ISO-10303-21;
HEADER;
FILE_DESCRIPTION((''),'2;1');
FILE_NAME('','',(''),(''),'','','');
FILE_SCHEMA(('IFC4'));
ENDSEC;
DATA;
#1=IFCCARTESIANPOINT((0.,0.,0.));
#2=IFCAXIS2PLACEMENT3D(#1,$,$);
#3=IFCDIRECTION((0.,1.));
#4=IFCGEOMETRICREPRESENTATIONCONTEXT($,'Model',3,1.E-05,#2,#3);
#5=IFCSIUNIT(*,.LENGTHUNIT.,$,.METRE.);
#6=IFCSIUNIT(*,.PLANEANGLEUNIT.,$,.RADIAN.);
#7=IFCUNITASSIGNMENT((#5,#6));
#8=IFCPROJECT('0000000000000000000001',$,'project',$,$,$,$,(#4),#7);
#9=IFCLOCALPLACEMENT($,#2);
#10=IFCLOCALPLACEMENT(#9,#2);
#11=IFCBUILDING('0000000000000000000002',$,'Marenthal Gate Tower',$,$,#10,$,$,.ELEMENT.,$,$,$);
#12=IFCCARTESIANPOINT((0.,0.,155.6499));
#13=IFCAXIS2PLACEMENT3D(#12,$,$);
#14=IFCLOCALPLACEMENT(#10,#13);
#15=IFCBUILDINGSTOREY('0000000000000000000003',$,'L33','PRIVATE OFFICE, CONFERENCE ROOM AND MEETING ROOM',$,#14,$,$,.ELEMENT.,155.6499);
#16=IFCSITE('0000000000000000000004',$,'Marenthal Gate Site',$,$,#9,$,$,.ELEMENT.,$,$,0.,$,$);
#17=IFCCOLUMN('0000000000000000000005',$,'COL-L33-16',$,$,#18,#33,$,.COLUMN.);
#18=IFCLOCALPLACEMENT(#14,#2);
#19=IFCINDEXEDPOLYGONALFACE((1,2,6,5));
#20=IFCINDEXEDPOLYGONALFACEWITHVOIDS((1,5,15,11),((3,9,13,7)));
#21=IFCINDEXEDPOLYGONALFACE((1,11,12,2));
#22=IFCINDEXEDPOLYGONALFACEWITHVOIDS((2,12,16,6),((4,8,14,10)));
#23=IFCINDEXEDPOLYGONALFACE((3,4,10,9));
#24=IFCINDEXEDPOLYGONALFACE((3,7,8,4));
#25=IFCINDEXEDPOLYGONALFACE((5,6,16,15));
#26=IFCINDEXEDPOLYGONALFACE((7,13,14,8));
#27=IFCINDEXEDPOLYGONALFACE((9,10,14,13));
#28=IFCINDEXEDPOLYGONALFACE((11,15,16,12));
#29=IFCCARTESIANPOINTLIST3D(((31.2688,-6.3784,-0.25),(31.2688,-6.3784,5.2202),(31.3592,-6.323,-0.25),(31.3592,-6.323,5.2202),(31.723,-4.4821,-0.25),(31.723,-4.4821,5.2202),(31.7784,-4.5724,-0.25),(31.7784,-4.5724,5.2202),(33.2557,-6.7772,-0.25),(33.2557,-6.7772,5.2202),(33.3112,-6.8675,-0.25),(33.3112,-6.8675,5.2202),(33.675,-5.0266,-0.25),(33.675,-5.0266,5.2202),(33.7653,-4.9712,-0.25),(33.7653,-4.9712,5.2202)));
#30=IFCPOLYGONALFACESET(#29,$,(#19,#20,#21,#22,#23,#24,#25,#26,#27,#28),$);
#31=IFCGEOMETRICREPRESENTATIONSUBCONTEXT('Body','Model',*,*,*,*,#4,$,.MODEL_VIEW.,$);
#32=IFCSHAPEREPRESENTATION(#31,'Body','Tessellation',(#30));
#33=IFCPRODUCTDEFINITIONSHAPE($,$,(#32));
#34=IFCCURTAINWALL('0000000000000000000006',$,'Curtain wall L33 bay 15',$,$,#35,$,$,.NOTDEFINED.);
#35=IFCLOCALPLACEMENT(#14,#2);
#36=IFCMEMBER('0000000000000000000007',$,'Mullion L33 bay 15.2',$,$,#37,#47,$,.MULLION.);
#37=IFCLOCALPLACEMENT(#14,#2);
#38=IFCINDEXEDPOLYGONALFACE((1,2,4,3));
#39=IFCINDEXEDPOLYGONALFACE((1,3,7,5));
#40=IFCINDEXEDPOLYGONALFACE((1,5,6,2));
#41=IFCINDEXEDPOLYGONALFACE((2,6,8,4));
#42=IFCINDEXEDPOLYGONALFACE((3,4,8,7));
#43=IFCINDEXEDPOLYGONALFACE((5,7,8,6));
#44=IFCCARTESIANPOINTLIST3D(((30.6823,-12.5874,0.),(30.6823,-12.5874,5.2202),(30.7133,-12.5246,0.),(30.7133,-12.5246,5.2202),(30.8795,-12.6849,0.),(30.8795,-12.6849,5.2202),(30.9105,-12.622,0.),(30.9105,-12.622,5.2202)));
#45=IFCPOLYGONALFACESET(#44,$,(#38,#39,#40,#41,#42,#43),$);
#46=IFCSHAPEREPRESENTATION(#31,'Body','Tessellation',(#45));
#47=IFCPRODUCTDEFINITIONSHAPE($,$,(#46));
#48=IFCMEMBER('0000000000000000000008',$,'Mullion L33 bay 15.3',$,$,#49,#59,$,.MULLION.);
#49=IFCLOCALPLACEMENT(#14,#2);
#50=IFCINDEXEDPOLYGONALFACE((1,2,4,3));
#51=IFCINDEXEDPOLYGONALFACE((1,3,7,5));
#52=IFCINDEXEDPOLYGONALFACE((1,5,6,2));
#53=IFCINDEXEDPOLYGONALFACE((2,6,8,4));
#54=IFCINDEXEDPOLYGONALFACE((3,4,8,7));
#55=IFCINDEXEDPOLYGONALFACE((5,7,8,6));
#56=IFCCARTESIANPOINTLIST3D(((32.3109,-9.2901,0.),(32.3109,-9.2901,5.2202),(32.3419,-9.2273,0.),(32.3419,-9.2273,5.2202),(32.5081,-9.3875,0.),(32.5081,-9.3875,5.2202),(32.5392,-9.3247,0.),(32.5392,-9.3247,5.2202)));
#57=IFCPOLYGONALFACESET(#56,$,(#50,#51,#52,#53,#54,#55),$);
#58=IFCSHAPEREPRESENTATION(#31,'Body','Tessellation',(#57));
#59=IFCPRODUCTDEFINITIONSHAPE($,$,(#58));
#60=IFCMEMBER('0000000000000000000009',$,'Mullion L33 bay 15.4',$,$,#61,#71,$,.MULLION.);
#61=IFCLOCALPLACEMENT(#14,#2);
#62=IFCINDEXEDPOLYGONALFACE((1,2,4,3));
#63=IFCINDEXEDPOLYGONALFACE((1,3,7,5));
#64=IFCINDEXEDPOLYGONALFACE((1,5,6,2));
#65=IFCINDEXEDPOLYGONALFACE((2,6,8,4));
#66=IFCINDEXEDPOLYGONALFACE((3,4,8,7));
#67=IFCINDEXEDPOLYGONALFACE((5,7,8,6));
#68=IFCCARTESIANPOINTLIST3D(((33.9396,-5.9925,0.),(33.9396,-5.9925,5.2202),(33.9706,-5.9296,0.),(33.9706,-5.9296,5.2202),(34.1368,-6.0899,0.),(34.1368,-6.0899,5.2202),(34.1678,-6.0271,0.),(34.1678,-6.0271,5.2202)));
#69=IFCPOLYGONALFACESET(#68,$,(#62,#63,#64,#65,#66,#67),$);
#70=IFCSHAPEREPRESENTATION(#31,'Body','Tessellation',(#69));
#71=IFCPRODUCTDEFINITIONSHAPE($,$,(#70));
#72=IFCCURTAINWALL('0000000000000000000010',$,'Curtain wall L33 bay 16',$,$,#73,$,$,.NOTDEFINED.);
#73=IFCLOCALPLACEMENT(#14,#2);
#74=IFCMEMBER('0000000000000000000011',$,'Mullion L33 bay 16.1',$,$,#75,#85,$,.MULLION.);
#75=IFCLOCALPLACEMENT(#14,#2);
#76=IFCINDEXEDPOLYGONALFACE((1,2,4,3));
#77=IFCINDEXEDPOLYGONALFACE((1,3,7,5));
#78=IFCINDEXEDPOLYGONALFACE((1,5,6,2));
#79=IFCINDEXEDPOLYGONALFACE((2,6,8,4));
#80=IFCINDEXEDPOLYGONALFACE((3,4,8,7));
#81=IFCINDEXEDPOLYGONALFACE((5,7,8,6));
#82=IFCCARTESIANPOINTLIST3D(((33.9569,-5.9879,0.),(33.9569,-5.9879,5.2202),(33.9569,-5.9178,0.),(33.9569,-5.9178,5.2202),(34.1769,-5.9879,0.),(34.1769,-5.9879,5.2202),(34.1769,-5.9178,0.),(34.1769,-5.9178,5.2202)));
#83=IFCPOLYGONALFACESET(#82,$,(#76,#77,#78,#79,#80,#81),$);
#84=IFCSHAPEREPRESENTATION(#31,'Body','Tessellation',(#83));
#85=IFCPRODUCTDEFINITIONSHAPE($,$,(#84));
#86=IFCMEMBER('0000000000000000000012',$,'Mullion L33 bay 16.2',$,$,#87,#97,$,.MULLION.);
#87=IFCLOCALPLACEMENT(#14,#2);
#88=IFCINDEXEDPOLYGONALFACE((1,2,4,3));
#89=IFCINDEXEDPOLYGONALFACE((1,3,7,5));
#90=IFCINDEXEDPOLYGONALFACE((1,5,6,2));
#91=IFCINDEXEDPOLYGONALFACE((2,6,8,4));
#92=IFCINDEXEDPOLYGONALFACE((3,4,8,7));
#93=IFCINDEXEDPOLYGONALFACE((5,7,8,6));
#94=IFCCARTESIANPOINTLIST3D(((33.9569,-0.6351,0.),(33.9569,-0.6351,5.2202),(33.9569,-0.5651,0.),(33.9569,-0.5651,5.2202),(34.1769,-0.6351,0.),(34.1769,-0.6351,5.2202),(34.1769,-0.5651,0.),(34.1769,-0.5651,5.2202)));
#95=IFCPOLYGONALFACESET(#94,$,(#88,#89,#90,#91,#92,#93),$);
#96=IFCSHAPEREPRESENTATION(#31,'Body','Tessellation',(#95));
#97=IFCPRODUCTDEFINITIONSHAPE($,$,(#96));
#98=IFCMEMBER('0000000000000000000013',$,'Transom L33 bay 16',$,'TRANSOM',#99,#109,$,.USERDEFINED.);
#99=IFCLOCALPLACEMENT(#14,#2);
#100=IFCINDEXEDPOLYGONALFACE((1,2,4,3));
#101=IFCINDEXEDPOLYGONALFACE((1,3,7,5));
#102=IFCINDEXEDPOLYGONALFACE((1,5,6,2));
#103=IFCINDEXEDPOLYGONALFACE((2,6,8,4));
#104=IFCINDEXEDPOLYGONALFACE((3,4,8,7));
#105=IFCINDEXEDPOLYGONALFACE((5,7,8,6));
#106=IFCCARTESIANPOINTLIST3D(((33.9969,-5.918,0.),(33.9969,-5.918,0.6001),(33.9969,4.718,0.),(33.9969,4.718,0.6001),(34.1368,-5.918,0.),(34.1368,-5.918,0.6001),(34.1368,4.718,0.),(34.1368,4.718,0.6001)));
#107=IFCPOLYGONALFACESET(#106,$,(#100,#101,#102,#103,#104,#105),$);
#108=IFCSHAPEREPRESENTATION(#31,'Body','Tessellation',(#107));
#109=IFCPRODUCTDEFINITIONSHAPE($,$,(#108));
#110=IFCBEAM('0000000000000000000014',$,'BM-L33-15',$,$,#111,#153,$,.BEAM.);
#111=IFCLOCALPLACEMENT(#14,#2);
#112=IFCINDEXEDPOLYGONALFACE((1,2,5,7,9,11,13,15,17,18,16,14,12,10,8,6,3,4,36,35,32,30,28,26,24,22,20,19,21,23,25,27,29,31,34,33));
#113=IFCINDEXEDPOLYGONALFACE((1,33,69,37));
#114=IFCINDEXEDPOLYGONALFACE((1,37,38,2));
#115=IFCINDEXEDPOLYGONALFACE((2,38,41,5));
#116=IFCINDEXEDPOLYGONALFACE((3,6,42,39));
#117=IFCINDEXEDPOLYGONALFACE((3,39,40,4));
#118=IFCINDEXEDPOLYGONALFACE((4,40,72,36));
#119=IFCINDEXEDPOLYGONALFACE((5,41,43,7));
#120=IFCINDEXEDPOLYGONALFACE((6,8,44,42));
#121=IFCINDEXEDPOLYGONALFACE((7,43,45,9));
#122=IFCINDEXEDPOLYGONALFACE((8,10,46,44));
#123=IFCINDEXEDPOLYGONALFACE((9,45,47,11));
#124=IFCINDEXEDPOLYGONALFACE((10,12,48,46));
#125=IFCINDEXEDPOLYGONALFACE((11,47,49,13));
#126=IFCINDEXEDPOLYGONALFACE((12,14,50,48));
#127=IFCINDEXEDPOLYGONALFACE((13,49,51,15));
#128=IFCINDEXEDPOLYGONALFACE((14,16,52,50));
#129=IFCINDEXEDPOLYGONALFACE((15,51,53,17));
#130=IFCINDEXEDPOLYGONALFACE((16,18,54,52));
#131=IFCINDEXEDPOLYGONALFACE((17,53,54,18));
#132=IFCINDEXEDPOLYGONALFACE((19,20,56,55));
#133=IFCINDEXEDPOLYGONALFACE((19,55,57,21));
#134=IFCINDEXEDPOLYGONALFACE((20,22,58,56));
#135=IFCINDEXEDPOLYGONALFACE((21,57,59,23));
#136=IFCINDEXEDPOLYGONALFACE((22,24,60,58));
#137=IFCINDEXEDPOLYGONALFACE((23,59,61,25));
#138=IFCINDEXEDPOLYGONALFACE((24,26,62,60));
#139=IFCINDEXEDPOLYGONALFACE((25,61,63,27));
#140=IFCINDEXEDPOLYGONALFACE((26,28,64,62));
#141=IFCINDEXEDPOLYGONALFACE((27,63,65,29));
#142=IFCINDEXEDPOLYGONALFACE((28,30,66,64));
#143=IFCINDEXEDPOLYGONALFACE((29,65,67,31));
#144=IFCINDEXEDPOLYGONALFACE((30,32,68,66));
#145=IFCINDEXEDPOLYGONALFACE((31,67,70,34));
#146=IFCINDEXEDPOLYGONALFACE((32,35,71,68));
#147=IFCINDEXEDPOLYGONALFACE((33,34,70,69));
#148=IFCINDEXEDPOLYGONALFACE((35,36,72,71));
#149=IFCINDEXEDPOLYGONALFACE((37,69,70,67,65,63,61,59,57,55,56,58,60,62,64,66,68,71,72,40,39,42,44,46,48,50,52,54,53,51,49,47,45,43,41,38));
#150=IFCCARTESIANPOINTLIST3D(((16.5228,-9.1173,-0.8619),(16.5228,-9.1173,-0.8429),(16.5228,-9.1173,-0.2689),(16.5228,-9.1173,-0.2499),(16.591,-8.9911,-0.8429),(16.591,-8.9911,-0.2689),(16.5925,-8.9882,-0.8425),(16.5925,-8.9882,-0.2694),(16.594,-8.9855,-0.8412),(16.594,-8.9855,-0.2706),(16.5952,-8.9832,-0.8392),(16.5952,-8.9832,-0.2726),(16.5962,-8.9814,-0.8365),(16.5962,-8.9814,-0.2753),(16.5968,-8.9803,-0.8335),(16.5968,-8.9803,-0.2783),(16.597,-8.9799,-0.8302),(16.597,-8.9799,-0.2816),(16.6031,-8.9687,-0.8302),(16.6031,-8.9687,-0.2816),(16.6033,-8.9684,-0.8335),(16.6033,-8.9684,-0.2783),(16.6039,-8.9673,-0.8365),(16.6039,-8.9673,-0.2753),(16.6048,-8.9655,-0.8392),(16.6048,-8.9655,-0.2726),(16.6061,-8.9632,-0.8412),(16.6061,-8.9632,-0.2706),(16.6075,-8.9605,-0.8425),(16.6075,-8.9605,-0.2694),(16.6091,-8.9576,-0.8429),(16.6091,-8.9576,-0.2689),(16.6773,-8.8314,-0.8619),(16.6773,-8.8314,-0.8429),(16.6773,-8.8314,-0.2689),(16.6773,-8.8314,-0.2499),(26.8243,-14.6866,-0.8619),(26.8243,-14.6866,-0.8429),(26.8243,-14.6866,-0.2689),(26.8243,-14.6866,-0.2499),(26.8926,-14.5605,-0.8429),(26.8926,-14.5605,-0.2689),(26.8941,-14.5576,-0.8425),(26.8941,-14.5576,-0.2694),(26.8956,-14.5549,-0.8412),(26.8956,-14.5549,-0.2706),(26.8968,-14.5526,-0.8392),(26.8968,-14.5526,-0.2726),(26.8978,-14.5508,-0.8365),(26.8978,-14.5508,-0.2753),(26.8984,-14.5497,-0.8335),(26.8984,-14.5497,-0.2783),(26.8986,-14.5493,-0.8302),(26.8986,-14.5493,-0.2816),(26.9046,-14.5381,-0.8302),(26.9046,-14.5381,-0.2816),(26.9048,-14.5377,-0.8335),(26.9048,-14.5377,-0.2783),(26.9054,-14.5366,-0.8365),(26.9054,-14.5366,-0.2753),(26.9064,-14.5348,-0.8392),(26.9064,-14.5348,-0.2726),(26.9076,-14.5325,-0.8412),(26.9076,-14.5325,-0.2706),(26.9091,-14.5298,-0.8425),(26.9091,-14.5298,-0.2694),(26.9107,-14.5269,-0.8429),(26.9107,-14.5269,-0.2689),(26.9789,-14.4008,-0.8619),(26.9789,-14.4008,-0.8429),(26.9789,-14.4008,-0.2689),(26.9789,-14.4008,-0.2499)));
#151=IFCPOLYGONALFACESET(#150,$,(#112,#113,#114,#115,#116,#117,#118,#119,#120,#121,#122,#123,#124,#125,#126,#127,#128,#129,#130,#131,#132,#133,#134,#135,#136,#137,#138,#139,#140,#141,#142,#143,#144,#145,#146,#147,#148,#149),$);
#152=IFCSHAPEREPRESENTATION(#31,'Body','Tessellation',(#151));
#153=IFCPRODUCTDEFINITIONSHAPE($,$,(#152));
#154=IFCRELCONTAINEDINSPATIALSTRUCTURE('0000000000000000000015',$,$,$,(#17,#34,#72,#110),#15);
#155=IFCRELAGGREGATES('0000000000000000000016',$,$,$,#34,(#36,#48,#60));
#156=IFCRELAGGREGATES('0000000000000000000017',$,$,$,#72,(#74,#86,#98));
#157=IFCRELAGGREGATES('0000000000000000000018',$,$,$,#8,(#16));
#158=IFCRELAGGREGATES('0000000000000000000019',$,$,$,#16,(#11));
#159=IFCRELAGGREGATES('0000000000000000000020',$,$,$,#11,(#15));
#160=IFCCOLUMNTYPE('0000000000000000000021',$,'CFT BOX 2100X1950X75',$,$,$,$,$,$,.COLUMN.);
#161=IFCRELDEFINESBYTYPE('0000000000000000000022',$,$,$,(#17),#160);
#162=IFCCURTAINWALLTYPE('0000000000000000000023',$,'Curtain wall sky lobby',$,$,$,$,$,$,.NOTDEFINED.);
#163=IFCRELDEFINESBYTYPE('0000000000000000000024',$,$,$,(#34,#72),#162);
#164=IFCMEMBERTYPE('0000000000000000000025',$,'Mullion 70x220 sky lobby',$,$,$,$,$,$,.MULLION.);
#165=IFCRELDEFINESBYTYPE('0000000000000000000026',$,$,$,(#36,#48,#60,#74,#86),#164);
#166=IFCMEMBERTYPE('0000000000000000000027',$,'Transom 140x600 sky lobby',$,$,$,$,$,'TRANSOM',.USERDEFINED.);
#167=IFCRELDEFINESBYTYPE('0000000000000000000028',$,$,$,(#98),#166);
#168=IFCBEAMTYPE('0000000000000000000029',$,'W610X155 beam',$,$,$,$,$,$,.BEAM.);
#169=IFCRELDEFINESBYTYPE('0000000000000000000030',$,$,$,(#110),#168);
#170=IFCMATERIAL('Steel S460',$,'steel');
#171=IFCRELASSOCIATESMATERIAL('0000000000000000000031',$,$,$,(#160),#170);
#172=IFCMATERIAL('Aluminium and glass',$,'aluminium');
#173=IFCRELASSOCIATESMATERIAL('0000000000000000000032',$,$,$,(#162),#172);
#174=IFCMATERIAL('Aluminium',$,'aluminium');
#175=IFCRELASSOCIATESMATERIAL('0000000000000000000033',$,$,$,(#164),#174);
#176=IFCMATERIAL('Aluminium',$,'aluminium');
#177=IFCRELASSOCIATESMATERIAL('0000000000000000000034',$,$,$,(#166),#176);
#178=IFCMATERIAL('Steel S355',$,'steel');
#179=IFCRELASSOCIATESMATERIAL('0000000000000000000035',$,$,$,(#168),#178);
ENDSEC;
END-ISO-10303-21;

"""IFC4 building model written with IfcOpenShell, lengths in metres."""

from ifc_helpers import new_model, si_unit, direction, frame, origin, origin_2d, place, context, subcontext, project, spatial, rectangle, hollow_rectangle, i_section, extrude, material, material_profile, profile_set, type_object, element, aggregate, save


model = new_model("IFC4")

# Units and contexts
model_context = context("Model", 3, precision=1e-05, world=origin(), true_north=direction((0.0, 1.0)))
body_context = subcontext(model_context, "Body", "Model", "MODEL_VIEW")
ifc_project = project(units=[si_unit("LENGTHUNIT", "METRE"), si_unit("PLANEANGLEUNIT", "RADIAN")], contexts=[model_context])

# Site, building, storey
site_placement = place(None, origin())
site = spatial("IfcSite", under=ifc_project, at=site_placement, Name="Marenthal Gate Site", CompositionType="ELEMENT", RefElevation=0.0)
building_placement = place(site_placement, origin())
building = spatial("IfcBuilding", under=site, at=building_placement, Name="Marenthal Gate Tower", CompositionType="ELEMENT")
storey_placement = place(building_placement, frame((0.0, 0.0, 155.6499)))
storey = spatial("IfcBuildingStorey", under=building, at=storey_placement, Name="L33", Description="PRIVATE OFFICE, CONFERENCE ROOM AND MEETING ROOM", CompositionType="ELEMENT", Elevation=155.6499)

# Column
ifc_material_1 = material(Name="Steel S460", Category="steel")
ifc_material_profile_1 = material_profile(ifc_material_1, hollow_rectangle(XDim=1.95, YDim=2.1001, WallThickness=0.075, at=origin_2d()), Name="CFT BOX 2100X1950X75")
ifc_material_2 = material(Name="Concrete 70 MPa", Category="concrete")
ifc_material_profile_2 = material_profile(ifc_material_2, rectangle(XDim=1.8, YDim=1.95, at=origin_2d()), Name="CFT BOX 2100X1950X75 INFILL")
ifc_profile_set_1 = profile_set([ifc_material_profile_1, ifc_material_profile_2], Name="Steel S460 shell, Concrete 70 MPa infill")
column_type = type_object("IfcColumnType", Name="CFT BOX 2100X1950X75", PredefinedType="COLUMN", material=ifc_profile_set_1)
column_placement = place(storey_placement, frame((32.5171, -5.6748, -0.25), z_axis=(0.0, 0.0, 1.0), x_axis=(-0.232909, -0.972499, 0.0)))
element("IfcColumn", 1, at=column_placement, inside=storey, type_object=column_type, Name="COL-L33-16", PredefinedType="COLUMN", context=body_context, shape_type="SweptSolid", body=[
    extrude(hollow_rectangle(XDim=1.95, YDim=2.1001, WallThickness=0.075, at=origin_2d()), origin(), (0.0, 0.0, 1.0), 5.4702),
])

# Curtain walls, members
ifc_material_3 = material(Name="Aluminium and glass", Category="aluminium")
curtain_wall_type = type_object("IfcCurtainWallType", Name="Curtain wall sky lobby", PredefinedType="NOTDEFINED", material=ifc_material_3)
curtain_wall_1_placement = place(storey_placement, origin())
curtain_wall_1 = element("IfcCurtainWall", 2, at=curtain_wall_1_placement, inside=storey, type_object=curtain_wall_type, Name="Curtain wall L33 bay 15", PredefinedType="NOTDEFINED")
ifc_material_4 = material(Name="Aluminium", Category="aluminium")
ifc_material_profile_3 = material_profile(ifc_material_4, rectangle(XDim=0.22, YDim=0.0701, at=origin_2d()), Name="70x220 aluminium mullion")
ifc_profile_set_2 = profile_set([ifc_material_profile_3], Name="Aluminium")
member_type_1 = type_object("IfcMemberType", Name="Mullion 70x220 sky lobby", PredefinedType="MULLION", material=ifc_profile_set_2)
member_1_placement = place(storey_placement, frame((30.7964, -12.6047, 0.0), z_axis=(0.0, 0.0, 1.0), x_axis=(-0.896609, 0.442824, 0.0)))
member_1 = element("IfcMember", 3, at=member_1_placement, type_object=member_type_1, Name="Mullion L33 bay 15.2", PredefinedType="MULLION", context=body_context, shape_type="SweptSolid", body=[
    extrude(rectangle(XDim=0.22, YDim=0.0701, at=origin_2d()), origin(), (0.0, 0.0, 1.0), 5.2202),
])
member_2_placement = place(storey_placement, frame((32.425, -9.3074, 0.0), z_axis=(0.0, 0.0, 1.0), x_axis=(-0.896609, 0.442824, 0.0)))
member_2 = element("IfcMember", 4, at=member_2_placement, type_object=member_type_1, Name="Mullion L33 bay 15.3", PredefinedType="MULLION", context=body_context, shape_type="SweptSolid", body=[
    extrude(rectangle(XDim=0.22, YDim=0.0701, at=origin_2d()), origin(), (0.0, 0.0, 1.0), 5.2202),
])
member_3_placement = place(storey_placement, frame((34.0537, -6.0098, 0.0), z_axis=(0.0, 0.0, 1.0), x_axis=(-0.896609, 0.442824, 0.0)))
member_3 = element("IfcMember", 5, at=member_3_placement, type_object=member_type_1, Name="Mullion L33 bay 15.4", PredefinedType="MULLION", context=body_context, shape_type="SweptSolid", body=[
    extrude(rectangle(XDim=0.22, YDim=0.0701, at=origin_2d()), origin(), (0.0, 0.0, 1.0), 5.2202),
])
curtain_wall_2_placement = place(storey_placement, origin())
curtain_wall_2 = element("IfcCurtainWall", 6, at=curtain_wall_2_placement, inside=storey, type_object=curtain_wall_type, Name="Curtain wall L33 bay 16", PredefinedType="NOTDEFINED")
member_4_placement = place(storey_placement, frame((34.0669, -5.9529, 0.0), z_axis=(0.0, 0.0, 1.0), x_axis=(-1.0, 0.0, 0.0)))
member_4 = element("IfcMember", 7, at=member_4_placement, type_object=member_type_1, Name="Mullion L33 bay 16.1", PredefinedType="MULLION", context=body_context, shape_type="SweptSolid", body=[
    extrude(rectangle(XDim=0.22, YDim=0.0701, at=origin_2d()), origin(), (0.0, 0.0, 1.0), 5.2202),
])
member_5_placement = place(storey_placement, frame((34.0669, -0.6001, 0.0), z_axis=(0.0, 0.0, 1.0), x_axis=(-1.0, 0.0, 0.0)))
member_5 = element("IfcMember", 8, at=member_5_placement, type_object=member_type_1, Name="Mullion L33 bay 16.2", PredefinedType="MULLION", context=body_context, shape_type="SweptSolid", body=[
    extrude(rectangle(XDim=0.22, YDim=0.0701, at=origin_2d()), origin(), (0.0, 0.0, 1.0), 5.2202),
])
ifc_material_5 = material(Name="Aluminium", Category="aluminium")
ifc_material_profile_4 = material_profile(ifc_material_5, rectangle(XDim=0.1399, YDim=0.6001, at=origin_2d()), Name="140x600 aluminium transom")
ifc_profile_set_3 = profile_set([ifc_material_profile_4], Name="Aluminium")
member_type_2 = type_object("IfcMemberType", Name="Transom 140x600 sky lobby", ElementType="TRANSOM", PredefinedType="USERDEFINED", material=ifc_profile_set_3)
member_6_placement = place(storey_placement, frame((34.0669, -5.918, 0.3), z_axis=(0.0, 1.0, 0.0), x_axis=(-1.0, 0.0, 0.0)))
member_6 = element("IfcMember", 9, at=member_6_placement, type_object=member_type_2, Name="Transom L33 bay 16", ObjectType="TRANSOM", PredefinedType="USERDEFINED", context=body_context, shape_type="SweptSolid", body=[
    extrude(rectangle(XDim=0.1399, YDim=0.6001, at=origin_2d()), origin(), (0.0, 0.0, 1.0), 10.636),
])

# Beam
ifc_material_6 = material(Name="Steel S355", Category="steel")
ifc_material_profile_5 = material_profile(ifc_material_6, i_section(OverallWidth=0.325, OverallDepth=0.6121, WebThickness=0.0127, FlangeThickness=0.019, FilletRadius=0.0127, at=origin_2d()), Name="W610X155")
ifc_profile_set_4 = profile_set([ifc_material_profile_5], Name="Steel S355")
beam_type_1 = type_object("IfcBeamType", Name="W610X155 beam", PredefinedType="BEAM", material=ifc_profile_set_4)
beam_1_placement = place(storey_placement, frame((26.9016, -14.5437, -0.5559), z_axis=(-0.879673, 0.47558, 0.0), x_axis=(-0.47558, -0.879673, 0.0)))
element("IfcBeam", 10, at=beam_1_placement, inside=storey, type_object=beam_type_1, Name="BM-L33-15", PredefinedType="BEAM", context=body_context, shape_type="SweptSolid", body=[
    extrude(i_section(OverallWidth=0.325, OverallDepth=0.6121, WebThickness=0.0127, FlangeThickness=0.019, FilletRadius=0.0127, at=origin_2d()), origin(), (0.0, 0.0, 1.0), 11.7107),
])

aggregate(curtain_wall_1, [member_1, member_2, member_3])
aggregate(curtain_wall_2, [member_4, member_5, member_6])

save(model, "model.ifc")
